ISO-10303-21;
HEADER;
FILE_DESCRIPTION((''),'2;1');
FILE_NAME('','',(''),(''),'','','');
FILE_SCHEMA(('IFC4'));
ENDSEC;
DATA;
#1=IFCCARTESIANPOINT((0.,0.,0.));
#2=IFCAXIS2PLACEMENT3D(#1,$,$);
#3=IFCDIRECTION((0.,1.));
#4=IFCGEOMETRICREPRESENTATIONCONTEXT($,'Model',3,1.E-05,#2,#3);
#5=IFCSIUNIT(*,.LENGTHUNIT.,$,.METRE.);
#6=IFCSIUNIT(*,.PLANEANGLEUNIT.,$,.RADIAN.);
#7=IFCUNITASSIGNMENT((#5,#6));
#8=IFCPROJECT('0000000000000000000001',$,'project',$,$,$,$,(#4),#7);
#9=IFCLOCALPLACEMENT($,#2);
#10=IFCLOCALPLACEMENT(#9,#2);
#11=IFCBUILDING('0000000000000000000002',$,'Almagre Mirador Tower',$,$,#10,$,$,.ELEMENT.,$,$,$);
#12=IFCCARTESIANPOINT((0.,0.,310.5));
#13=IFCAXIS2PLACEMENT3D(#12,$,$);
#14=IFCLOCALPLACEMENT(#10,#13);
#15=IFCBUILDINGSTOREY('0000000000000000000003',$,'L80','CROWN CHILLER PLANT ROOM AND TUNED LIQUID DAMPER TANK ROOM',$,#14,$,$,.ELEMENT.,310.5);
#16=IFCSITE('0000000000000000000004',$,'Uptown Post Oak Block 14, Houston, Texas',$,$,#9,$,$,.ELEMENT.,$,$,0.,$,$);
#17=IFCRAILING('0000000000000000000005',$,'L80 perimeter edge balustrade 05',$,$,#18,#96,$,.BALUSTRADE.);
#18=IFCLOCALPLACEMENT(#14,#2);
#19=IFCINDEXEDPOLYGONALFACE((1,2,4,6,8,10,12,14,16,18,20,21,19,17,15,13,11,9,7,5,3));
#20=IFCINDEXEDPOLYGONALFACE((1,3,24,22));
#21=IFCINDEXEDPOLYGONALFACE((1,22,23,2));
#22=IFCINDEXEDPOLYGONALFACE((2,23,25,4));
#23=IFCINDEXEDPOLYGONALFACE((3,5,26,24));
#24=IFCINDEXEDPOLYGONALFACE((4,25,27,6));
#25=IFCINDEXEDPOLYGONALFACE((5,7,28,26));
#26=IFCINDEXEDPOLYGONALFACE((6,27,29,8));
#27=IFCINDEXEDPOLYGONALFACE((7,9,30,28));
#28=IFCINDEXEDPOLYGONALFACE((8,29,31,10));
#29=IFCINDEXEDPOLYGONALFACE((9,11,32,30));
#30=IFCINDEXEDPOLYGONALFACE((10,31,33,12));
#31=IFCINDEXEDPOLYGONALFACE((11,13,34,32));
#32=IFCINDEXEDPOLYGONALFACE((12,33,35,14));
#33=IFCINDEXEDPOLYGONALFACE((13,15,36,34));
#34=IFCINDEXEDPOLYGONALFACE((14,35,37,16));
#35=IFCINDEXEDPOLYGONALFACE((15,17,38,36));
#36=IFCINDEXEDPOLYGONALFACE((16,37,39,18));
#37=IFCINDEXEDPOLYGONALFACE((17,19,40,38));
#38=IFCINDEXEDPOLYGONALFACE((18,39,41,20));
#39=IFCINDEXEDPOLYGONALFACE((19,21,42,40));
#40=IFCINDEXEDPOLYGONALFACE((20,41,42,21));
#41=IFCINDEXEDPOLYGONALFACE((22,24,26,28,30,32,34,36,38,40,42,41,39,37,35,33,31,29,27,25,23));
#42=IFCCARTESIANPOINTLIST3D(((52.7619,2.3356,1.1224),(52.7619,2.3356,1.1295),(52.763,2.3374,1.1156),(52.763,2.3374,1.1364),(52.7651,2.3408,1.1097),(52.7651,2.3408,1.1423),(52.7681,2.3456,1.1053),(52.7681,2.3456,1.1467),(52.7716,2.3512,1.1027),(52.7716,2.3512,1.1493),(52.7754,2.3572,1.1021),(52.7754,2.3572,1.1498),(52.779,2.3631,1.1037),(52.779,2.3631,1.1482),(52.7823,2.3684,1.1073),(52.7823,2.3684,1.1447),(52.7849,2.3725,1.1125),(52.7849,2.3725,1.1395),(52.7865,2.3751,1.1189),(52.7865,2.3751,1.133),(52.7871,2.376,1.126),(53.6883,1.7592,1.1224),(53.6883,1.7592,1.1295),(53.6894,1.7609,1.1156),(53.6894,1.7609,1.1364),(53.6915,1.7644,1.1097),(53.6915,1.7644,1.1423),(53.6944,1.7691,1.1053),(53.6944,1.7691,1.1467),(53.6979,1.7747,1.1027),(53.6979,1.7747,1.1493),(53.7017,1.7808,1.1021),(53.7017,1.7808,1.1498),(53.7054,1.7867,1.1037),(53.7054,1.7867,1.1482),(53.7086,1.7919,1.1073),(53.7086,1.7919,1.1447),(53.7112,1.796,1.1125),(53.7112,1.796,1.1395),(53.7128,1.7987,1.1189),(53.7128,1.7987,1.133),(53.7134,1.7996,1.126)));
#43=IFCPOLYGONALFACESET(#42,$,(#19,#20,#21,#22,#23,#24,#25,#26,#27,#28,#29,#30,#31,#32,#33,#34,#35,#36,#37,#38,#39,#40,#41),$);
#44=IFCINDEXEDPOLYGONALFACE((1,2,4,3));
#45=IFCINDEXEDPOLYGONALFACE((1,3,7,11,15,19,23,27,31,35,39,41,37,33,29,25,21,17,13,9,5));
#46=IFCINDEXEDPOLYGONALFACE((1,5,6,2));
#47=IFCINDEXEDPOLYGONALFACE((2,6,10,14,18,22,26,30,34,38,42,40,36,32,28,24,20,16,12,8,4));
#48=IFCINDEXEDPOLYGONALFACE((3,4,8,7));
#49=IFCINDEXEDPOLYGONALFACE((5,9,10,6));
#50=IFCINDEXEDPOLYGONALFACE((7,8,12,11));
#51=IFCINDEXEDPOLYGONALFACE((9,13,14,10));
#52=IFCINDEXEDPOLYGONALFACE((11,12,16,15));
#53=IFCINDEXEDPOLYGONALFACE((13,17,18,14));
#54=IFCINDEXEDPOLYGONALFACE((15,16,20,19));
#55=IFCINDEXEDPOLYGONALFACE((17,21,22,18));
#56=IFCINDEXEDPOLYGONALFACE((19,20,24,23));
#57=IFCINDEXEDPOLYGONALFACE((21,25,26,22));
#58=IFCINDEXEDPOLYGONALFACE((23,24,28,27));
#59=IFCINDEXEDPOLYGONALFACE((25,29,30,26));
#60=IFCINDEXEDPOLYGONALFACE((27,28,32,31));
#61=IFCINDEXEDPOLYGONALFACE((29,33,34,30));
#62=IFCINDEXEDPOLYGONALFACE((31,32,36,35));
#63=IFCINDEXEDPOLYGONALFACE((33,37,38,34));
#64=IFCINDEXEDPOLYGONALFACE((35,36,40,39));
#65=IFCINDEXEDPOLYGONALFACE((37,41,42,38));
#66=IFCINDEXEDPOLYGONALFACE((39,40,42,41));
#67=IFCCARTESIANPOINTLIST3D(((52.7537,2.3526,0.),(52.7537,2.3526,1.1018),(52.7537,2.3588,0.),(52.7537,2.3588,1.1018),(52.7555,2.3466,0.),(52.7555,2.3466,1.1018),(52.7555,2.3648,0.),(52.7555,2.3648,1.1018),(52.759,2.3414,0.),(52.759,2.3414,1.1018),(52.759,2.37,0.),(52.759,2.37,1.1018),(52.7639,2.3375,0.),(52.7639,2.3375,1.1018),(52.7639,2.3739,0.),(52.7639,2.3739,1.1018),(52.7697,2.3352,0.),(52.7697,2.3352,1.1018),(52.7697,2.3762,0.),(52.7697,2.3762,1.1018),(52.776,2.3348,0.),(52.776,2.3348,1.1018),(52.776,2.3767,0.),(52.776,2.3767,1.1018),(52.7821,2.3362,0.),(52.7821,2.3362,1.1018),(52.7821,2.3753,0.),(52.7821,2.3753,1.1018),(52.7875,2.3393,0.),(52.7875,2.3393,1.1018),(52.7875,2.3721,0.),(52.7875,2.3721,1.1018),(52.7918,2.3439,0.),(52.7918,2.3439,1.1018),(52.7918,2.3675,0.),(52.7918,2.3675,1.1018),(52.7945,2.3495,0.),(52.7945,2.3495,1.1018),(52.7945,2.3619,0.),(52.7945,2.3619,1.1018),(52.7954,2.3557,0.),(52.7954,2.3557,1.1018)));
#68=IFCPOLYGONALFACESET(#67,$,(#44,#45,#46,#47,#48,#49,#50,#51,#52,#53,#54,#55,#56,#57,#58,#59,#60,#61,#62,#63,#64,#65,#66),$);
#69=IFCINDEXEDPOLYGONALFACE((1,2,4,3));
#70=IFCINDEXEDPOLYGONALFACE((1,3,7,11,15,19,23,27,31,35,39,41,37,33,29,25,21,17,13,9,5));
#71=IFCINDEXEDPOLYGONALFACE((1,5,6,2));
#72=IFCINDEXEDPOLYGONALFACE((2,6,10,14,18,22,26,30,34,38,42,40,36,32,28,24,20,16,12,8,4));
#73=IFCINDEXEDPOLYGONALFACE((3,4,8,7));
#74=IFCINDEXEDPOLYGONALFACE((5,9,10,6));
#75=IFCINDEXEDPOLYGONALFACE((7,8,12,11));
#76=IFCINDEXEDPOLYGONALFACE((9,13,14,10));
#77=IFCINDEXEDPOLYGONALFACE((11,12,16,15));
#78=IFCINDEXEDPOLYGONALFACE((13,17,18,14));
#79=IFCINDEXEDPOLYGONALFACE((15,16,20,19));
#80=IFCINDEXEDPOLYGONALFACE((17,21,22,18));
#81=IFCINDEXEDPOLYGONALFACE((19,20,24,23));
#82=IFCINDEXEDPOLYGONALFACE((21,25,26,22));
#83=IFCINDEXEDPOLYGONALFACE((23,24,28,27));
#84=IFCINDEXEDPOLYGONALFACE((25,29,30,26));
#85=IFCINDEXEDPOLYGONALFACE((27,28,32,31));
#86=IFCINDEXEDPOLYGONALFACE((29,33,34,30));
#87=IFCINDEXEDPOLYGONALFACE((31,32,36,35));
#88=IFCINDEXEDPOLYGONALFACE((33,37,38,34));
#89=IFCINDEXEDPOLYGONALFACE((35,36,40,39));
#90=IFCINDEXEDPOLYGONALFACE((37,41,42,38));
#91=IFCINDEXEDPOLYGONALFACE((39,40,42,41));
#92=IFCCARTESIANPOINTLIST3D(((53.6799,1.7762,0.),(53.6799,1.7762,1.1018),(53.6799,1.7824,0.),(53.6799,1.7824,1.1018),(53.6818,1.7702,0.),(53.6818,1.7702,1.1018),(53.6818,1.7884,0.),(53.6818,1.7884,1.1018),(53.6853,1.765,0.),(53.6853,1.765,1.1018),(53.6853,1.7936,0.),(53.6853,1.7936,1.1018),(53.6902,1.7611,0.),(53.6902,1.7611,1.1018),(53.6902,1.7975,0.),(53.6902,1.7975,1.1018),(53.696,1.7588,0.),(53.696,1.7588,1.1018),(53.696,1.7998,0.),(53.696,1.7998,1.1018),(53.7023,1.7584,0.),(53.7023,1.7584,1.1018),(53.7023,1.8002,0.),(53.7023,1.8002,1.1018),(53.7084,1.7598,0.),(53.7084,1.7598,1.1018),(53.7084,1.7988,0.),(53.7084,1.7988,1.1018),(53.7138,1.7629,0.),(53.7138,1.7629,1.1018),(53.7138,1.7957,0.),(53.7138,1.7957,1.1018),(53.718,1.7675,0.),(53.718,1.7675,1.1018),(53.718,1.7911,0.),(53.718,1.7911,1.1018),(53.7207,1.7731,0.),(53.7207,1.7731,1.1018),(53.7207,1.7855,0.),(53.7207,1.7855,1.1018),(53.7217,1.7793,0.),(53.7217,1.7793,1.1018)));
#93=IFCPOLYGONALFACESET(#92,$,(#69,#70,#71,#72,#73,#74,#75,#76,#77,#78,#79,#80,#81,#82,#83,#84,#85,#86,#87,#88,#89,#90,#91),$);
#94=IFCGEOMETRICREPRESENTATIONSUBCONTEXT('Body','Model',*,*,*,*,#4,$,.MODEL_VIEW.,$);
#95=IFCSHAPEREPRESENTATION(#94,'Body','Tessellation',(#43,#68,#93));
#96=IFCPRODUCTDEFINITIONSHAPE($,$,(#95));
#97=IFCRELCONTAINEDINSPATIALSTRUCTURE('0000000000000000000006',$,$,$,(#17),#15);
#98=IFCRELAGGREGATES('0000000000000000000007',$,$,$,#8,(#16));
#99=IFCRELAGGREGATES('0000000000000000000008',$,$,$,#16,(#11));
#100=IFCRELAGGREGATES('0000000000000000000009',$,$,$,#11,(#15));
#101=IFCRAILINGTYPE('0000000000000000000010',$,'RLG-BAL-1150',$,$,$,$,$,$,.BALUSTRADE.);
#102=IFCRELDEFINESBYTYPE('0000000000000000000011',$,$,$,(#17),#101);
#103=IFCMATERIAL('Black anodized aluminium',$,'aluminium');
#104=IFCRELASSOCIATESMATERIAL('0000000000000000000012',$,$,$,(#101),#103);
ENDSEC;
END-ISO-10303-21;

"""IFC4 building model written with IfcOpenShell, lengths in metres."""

from ifc_helpers import new_model, si_unit, direction, frame, origin, origin_2d, place, context, subcontext, project, spatial, circle, extrude, material, type_object, element, save


model = new_model("IFC4")

# Units and contexts
model_context = context("Model", 3, precision=1e-05, world=origin(), true_north=direction((0.0, 1.0)))
body_context = subcontext(model_context, "Body", "Model", "MODEL_VIEW")
ifc_project = project(units=[si_unit("LENGTHUNIT", "METRE"), si_unit("PLANEANGLEUNIT", "RADIAN")], contexts=[model_context])

# Site, building, storey
site_placement = place(None, origin())
site = spatial("IfcSite", under=ifc_project, at=site_placement, Name="Uptown Post Oak Block 14, Houston, Texas", CompositionType="ELEMENT", RefElevation=0.0)
building_placement = place(site_placement, origin())
building = spatial("IfcBuilding", under=site, at=building_placement, Name="Almagre Mirador Tower", CompositionType="ELEMENT")
storey_placement = place(building_placement, frame((0.0, 0.0, 310.5)))
storey = spatial("IfcBuildingStorey", under=building, at=storey_placement, Name="L80", Description="CROWN CHILLER PLANT ROOM AND TUNED LIQUID DAMPER TANK ROOM", CompositionType="ELEMENT", Elevation=310.5)

# Railing
ifc_material_1 = material(Name="Black anodized aluminium", Category="aluminium")
railing_type = type_object("IfcRailingType", Name="RLG-BAL-1150", PredefinedType="BALUSTRADE", material=ifc_material_1)
railing_1_placement = place(storey_placement, frame((52.7744, 2.3557, 0.0)))
element("IfcRailing", 1, at=railing_1_placement, inside=storey, type_object=railing_type, Name="L80 perimeter edge balustrade 05", PredefinedType="BALUSTRADE", context=body_context, shape_type="SweptSolid", body=[
    extrude(circle(Radius=0.0239, at=origin_2d()), frame((0.0, 0.0, 1.126), z_axis=(0.849028, -0.528348, 0.0), x_axis=(0.528348, 0.849028, 0.0)), (0.0, 0.0, 1.0), 1.0911),
    extrude(circle(Radius=0.021, at=origin_2d()), origin(), (0.0, 0.0, 1.0), 1.1018),
    extrude(circle(Radius=0.021, at=origin_2d()), frame((0.9263, -0.5764, 0.0)), (0.0, 0.0, 1.0), 1.1018),
])

save(model, "model.ifc")
